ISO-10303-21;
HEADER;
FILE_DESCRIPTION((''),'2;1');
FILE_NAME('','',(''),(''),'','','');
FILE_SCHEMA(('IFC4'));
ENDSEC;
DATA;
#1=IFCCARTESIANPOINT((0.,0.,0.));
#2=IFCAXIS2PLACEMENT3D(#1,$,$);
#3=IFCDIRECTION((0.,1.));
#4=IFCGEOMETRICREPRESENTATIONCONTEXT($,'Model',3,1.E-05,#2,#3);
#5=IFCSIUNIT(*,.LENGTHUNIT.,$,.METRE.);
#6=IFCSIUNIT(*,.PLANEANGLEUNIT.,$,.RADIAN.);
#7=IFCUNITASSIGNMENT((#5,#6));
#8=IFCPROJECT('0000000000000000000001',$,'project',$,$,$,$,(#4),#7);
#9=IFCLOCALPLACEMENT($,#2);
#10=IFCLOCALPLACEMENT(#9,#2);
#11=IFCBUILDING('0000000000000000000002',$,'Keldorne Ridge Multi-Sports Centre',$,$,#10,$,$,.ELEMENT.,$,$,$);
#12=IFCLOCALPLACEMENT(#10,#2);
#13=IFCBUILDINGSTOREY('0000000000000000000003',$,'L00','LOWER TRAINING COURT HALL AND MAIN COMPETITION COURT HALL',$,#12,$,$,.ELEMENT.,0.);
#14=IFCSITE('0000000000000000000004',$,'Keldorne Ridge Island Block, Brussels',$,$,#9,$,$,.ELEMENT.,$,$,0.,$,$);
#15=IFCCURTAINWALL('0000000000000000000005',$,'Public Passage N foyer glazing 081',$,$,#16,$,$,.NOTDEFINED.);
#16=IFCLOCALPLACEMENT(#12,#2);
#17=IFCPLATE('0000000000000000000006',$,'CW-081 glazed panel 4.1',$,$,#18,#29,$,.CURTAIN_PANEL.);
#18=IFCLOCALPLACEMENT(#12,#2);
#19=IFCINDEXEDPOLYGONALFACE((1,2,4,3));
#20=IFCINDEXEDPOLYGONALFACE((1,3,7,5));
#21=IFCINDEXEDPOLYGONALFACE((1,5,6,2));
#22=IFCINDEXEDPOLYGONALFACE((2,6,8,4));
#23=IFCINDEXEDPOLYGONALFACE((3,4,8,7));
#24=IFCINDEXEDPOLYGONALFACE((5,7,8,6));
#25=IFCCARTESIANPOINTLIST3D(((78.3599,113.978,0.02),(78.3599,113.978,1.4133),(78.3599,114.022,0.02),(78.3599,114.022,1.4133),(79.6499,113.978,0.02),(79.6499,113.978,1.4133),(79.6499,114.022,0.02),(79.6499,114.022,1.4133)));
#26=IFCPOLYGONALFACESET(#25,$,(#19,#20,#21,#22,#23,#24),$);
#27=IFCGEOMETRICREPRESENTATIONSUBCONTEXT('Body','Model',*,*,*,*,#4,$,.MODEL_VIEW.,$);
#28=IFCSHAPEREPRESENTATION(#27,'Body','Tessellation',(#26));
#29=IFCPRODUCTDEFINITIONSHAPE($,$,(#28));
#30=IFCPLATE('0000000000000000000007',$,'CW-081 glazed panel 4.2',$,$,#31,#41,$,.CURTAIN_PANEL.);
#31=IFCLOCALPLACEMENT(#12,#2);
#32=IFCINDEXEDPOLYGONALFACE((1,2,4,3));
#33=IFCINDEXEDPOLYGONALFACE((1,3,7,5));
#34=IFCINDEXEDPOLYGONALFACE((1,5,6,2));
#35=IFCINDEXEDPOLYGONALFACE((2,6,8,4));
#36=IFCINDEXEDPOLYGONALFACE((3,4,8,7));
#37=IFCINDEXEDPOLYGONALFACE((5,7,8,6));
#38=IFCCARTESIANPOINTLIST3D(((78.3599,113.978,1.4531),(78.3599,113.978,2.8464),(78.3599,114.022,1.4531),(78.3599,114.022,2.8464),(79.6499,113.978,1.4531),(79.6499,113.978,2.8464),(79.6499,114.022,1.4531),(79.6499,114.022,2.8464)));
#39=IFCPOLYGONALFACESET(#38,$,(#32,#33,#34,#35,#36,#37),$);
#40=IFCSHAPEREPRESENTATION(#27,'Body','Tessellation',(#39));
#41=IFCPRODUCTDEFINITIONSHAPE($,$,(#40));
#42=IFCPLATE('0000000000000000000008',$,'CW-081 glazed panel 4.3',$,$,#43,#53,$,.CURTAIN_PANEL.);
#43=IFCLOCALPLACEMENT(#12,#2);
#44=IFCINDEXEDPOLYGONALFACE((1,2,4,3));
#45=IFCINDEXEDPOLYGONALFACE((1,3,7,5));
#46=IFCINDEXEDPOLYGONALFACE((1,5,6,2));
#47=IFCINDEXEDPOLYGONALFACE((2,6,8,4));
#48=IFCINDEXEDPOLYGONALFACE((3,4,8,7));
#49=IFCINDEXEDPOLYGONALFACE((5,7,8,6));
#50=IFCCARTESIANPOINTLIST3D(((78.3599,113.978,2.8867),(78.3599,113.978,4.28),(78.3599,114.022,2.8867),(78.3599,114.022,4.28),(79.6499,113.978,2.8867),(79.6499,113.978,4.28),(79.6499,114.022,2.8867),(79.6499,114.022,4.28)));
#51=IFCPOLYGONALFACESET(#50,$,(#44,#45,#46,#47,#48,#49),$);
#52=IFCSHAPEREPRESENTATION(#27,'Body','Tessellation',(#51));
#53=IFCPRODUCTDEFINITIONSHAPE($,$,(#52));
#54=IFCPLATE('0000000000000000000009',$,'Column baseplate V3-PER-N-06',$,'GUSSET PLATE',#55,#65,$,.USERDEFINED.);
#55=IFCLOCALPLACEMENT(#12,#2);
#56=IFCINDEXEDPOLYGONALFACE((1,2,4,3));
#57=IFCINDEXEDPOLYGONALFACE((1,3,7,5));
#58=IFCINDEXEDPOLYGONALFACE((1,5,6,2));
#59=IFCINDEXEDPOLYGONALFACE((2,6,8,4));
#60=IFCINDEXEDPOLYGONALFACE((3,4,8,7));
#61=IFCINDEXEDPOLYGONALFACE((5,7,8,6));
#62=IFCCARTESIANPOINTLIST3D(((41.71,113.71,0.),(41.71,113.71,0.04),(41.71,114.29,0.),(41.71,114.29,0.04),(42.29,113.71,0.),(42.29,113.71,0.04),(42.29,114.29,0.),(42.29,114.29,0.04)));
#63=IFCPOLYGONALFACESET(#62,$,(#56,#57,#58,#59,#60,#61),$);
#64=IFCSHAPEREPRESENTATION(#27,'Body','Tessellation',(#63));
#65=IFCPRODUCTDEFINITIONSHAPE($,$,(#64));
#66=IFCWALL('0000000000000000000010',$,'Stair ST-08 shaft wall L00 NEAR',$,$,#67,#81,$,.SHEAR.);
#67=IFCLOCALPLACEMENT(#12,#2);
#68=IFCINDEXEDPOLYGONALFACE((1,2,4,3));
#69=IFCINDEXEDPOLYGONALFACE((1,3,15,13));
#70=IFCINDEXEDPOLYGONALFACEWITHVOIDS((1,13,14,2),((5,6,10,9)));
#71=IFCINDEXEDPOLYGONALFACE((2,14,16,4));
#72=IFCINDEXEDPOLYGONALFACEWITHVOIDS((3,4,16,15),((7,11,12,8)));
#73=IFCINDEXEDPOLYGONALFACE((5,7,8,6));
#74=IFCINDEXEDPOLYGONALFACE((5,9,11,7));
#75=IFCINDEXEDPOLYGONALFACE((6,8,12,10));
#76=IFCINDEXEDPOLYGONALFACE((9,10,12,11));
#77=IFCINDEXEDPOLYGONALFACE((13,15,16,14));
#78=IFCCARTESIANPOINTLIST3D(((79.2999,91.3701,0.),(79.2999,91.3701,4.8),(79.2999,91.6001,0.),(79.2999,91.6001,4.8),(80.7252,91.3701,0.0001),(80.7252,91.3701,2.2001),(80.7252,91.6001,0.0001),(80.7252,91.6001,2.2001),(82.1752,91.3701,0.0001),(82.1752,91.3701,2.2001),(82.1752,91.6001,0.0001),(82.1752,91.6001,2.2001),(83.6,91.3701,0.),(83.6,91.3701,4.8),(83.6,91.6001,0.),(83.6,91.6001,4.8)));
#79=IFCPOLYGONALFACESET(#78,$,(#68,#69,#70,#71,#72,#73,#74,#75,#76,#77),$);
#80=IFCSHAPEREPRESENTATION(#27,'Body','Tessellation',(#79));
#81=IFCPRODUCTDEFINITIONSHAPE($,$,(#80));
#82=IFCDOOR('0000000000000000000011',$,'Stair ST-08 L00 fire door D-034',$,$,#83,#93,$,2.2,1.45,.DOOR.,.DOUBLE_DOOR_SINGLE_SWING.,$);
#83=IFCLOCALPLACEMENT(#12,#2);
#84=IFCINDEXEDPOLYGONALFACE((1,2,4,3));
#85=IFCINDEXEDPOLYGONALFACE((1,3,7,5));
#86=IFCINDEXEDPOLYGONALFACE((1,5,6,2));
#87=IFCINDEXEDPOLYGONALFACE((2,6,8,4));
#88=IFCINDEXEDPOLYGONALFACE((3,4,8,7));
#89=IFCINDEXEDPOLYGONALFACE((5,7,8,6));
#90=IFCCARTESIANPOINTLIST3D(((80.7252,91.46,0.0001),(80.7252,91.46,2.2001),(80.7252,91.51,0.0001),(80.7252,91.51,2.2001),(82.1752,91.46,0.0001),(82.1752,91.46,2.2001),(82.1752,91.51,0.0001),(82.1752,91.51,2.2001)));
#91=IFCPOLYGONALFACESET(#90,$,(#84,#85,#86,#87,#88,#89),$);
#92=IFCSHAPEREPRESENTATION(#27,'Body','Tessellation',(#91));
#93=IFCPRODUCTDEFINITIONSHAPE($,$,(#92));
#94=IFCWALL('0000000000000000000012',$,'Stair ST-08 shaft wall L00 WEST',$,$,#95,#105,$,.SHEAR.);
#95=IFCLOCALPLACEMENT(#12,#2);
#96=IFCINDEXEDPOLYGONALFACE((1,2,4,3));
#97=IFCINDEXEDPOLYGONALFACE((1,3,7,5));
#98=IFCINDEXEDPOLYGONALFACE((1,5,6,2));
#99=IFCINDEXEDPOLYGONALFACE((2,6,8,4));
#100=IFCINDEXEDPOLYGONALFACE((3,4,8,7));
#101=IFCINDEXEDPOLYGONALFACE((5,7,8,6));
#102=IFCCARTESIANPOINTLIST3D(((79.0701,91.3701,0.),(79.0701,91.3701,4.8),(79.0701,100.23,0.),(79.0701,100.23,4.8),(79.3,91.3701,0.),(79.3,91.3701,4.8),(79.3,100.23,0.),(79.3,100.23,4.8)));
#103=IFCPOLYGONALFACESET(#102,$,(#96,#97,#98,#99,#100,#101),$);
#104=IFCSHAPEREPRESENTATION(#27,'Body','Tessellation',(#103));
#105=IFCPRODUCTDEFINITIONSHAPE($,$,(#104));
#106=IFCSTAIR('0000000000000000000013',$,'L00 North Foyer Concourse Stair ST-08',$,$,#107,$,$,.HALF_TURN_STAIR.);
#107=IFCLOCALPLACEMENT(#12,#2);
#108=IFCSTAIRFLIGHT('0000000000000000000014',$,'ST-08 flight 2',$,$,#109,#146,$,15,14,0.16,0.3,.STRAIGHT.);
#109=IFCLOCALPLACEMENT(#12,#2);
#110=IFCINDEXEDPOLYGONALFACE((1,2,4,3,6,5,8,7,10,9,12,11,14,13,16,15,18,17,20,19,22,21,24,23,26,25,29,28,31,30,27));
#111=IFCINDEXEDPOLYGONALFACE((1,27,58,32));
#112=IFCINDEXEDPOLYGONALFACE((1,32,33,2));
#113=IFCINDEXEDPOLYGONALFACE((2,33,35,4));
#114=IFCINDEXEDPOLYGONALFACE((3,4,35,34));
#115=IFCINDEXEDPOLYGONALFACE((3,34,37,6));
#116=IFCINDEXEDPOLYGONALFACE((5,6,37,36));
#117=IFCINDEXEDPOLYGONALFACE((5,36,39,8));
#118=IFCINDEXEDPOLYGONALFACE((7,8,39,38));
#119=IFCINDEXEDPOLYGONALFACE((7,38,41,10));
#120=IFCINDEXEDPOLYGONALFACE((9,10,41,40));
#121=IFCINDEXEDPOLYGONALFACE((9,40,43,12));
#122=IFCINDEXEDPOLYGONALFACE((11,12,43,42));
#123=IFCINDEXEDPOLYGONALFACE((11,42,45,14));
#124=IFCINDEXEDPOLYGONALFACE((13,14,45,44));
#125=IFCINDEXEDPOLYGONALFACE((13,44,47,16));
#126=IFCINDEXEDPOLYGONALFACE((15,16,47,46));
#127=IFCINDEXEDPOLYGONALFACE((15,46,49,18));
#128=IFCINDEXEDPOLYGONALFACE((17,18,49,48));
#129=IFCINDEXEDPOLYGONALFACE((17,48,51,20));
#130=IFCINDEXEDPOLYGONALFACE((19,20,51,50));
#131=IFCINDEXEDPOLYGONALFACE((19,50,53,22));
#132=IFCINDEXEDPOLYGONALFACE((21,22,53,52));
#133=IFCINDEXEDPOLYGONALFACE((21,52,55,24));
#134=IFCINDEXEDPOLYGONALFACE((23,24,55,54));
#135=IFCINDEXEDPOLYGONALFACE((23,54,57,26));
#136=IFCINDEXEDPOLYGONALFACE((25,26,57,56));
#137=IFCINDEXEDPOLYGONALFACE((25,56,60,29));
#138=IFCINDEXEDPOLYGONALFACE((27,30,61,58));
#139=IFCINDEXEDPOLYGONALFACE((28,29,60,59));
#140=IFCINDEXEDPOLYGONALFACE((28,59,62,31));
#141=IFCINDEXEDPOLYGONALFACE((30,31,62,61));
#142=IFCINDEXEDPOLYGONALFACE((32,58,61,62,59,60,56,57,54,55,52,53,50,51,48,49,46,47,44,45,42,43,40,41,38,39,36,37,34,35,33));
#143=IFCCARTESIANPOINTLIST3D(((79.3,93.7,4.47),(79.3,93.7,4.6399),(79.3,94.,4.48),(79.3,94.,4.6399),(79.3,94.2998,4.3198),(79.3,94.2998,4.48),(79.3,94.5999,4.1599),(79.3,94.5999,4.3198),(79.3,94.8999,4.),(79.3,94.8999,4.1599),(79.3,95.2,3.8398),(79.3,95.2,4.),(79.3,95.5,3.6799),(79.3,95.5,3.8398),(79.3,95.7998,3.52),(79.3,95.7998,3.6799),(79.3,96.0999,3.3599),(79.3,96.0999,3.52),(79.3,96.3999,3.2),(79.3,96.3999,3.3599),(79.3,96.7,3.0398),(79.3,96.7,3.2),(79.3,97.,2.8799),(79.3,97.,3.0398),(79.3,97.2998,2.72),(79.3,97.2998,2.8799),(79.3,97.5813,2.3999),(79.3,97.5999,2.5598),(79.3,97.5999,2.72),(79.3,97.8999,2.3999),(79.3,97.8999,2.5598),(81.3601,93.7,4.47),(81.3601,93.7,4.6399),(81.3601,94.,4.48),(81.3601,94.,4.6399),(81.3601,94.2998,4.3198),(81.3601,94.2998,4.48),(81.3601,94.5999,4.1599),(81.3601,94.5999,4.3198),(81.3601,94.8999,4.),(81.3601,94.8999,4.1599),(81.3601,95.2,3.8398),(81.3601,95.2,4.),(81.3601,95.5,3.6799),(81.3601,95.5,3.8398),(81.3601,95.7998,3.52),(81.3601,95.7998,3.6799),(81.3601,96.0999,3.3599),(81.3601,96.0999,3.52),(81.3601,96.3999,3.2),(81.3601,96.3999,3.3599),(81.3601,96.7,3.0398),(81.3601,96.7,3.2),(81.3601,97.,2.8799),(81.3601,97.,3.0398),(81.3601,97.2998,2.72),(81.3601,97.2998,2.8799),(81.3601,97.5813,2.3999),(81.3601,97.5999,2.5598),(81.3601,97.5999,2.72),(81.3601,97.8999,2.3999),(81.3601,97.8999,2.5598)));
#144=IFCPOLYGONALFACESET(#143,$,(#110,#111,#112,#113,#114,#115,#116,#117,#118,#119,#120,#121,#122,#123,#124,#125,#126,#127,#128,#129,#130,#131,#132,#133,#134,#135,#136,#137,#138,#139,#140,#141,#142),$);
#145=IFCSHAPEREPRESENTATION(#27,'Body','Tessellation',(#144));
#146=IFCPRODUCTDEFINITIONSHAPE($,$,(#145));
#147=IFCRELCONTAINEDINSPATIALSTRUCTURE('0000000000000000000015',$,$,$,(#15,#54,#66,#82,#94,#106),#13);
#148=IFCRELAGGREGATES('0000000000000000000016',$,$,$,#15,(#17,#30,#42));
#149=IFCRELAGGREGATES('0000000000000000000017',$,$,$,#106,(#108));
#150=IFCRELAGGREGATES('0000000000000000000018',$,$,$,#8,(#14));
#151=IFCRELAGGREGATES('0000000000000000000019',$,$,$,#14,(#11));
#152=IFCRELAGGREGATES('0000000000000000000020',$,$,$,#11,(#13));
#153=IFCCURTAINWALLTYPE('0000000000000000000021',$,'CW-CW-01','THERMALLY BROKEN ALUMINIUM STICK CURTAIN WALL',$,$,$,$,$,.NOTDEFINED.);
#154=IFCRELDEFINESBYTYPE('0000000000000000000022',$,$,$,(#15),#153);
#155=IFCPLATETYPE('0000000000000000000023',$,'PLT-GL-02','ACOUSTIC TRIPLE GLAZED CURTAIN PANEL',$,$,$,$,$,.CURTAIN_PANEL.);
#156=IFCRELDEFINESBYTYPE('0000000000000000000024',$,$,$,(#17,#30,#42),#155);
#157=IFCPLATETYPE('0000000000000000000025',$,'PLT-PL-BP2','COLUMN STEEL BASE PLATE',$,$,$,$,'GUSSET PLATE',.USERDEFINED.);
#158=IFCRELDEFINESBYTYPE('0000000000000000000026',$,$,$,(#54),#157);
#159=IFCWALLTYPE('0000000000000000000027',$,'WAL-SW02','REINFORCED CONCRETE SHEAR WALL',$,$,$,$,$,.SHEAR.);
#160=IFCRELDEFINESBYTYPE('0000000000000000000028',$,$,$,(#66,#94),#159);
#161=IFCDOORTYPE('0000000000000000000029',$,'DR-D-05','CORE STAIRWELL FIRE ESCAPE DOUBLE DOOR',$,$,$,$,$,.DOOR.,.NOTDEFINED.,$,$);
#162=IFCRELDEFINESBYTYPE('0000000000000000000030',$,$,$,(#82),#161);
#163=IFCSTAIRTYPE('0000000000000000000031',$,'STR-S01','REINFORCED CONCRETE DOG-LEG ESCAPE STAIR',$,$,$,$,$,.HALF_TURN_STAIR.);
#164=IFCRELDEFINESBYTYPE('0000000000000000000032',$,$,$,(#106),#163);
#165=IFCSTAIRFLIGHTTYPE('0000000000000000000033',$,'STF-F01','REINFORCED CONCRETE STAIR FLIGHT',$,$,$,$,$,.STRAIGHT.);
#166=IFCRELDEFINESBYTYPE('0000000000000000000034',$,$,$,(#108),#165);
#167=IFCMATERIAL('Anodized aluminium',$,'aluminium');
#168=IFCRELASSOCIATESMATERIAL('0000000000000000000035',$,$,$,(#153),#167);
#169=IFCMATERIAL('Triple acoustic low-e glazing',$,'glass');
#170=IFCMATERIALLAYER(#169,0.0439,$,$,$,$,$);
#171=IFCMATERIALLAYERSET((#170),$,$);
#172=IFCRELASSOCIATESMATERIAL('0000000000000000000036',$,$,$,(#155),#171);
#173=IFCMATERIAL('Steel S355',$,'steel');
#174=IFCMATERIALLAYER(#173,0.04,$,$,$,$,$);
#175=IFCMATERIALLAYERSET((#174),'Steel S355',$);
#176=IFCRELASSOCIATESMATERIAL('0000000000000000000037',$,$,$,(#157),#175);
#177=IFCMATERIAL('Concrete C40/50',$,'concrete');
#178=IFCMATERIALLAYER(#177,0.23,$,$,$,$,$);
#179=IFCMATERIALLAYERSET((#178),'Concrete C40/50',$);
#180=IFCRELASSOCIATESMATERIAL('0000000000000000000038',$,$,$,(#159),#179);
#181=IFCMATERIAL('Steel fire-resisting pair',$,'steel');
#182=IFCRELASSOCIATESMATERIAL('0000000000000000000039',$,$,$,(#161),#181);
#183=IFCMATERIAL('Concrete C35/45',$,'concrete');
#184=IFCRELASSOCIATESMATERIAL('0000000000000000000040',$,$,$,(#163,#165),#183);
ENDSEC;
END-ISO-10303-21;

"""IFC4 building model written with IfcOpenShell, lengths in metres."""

from ifc_helpers import new_model, si_unit, direction, frame, frame_2d, origin, origin_2d, place, context, subcontext, project, spatial, polyline, rectangle, outline, extrude, material, layer, layer_set, type_object, element, fill, aggregate, save


model = new_model("IFC4")

# Units and contexts
model_context = context("Model", 3, precision=1e-05, world=origin(), true_north=direction((0.0, 1.0)))
body_context = subcontext(model_context, "Body", "Model", "MODEL_VIEW")
ifc_project = project(units=[si_unit("LENGTHUNIT", "METRE"), si_unit("PLANEANGLEUNIT", "RADIAN")], contexts=[model_context])

# Site, building, storey
site_placement = place(None, origin())
site = spatial("IfcSite", under=ifc_project, at=site_placement, Name="Keldorne Ridge Island Block, Brussels", CompositionType="ELEMENT", RefElevation=0.0)
building_placement = place(site_placement, origin())
building = spatial("IfcBuilding", under=site, at=building_placement, Name="Keldorne Ridge Multi-Sports Centre", CompositionType="ELEMENT")
storey_placement = place(building_placement, origin())
storey = spatial("IfcBuildingStorey", under=building, at=storey_placement, Name="L00", Description="LOWER TRAINING COURT HALL AND MAIN COMPETITION COURT HALL", CompositionType="ELEMENT", Elevation=0.0)

# Shared definitions
ifc_material_1 = material(Name="Concrete C35/45", Category="concrete")

# Shared definitions
ifc_material_2 = material(Name="Steel S355", Category="steel")

# Curtain wall
ifc_material_3 = material(Name="Anodized aluminium", Category="aluminium")
curtain_wall_type_1 = type_object("IfcCurtainWallType", Name="CW-CW-01", Description="THERMALLY BROKEN ALUMINIUM STICK CURTAIN WALL", PredefinedType="NOTDEFINED", material=ifc_material_3)
curtain_wall_1_placement = place(storey_placement, origin())
curtain_wall_1 = element("IfcCurtainWall", 1, at=curtain_wall_1_placement, inside=storey, type_object=curtain_wall_type_1, Name="Public Passage N foyer glazing 081", PredefinedType="NOTDEFINED")

# Plates
ifc_material_4 = material(Name="Triple acoustic low-e glazing", Category="glass")
ifc_layer_1 = layer(ifc_material_4, 0.0439)
ifc_layer_set_1 = layer_set([ifc_layer_1])
plate_type_1 = type_object("IfcPlateType", Name="PLT-GL-02", Description="ACOUSTIC TRIPLE GLAZED CURTAIN PANEL", PredefinedType="CURTAIN_PANEL", material=ifc_layer_set_1)
plate_1_placement = place(storey_placement, frame((79.0049, 114.0, 0.02), z_axis=(0.0, 0.0, 1.0), x_axis=(-1.0, 0.0, 0.0)))
plate_1 = element("IfcPlate", 2, at=plate_1_placement, type_object=plate_type_1, Name="CW-081 glazed panel 4.1", PredefinedType="CURTAIN_PANEL", context=body_context, shape_type="SweptSolid", body=[
    extrude(rectangle(XDim=1.29, YDim=0.0439, at=origin_2d()), origin(), (0.0, 0.0, 1.0), 1.3933),
])
plate_2_placement = place(storey_placement, frame((79.0049, 114.0, 1.4531), z_axis=(0.0, 0.0, 1.0), x_axis=(-1.0, 0.0, 0.0)))
plate_2 = element("IfcPlate", 3, at=plate_2_placement, type_object=plate_type_1, Name="CW-081 glazed panel 4.2", PredefinedType="CURTAIN_PANEL", context=body_context, shape_type="SweptSolid", body=[
    extrude(rectangle(XDim=1.29, YDim=0.0439, at=origin_2d()), origin(), (0.0, 0.0, 1.0), 1.3933),
])
plate_3_placement = place(storey_placement, frame((79.0049, 114.0, 2.8867), z_axis=(0.0, 0.0, 1.0), x_axis=(-1.0, 0.0, 0.0)))
plate_3 = element("IfcPlate", 4, at=plate_3_placement, type_object=plate_type_1, Name="CW-081 glazed panel 4.3", PredefinedType="CURTAIN_PANEL", context=body_context, shape_type="SweptSolid", body=[
    extrude(rectangle(XDim=1.29, YDim=0.0439, at=origin_2d()), origin(), (0.0, 0.0, 1.0), 1.3933),
])
aggregate(curtain_wall_1, [plate_1, plate_2, plate_3])
ifc_layer_2 = layer(ifc_material_2, 0.04)
ifc_layer_set_2 = layer_set([ifc_layer_2], Name="Steel S355")
plate_type_2 = type_object("IfcPlateType", Name="PLT-PL-BP2", Description="COLUMN STEEL BASE PLATE", ElementType="GUSSET PLATE", PredefinedType="USERDEFINED", material=ifc_layer_set_2)
plate_4_placement = place(storey_placement, frame((42.0, 114.0, 0.0), z_axis=(0.0, 0.0, 1.0), x_axis=(1.0, 0.0, 0.0)))
element("IfcPlate", 5, at=plate_4_placement, inside=storey, type_object=plate_type_2, Name="Column baseplate V3-PER-N-06", ObjectType="GUSSET PLATE", PredefinedType="USERDEFINED", context=body_context, shape_type="SweptSolid", body=[
    extrude(rectangle(XDim=0.5801, YDim=0.5801, at=origin_2d()), origin(), (0.0, 0.0, 1.0), 0.04),
])

# Wall, opening, door
ifc_material_5 = material(Name="Concrete C40/50", Category="concrete")
ifc_layer_3 = layer(ifc_material_5, 0.23)
ifc_layer_set_3 = layer_set([ifc_layer_3], Name="Concrete C40/50")
wall_type = type_object("IfcWallType", Name="WAL-SW02", Description="REINFORCED CONCRETE SHEAR WALL", PredefinedType="SHEAR", material=ifc_layer_set_3)
wall_1_placement = place(storey_placement, frame((79.3, 91.4851, 0.0), z_axis=(0.0, 0.0, 1.0), x_axis=(1.0, 0.0, 0.0)))
wall_1 = element("IfcWall", 6, at=wall_1_placement, inside=storey, type_object=wall_type, Name="Stair ST-08 shaft wall L00 NEAR", PredefinedType="SHEAR", context=body_context, shape_type="SweptSolid", body=[
    extrude(rectangle(XDim=4.3, YDim=0.23, at=frame_2d((2.1499, 0.0))), origin(), (0.0, 0.0, 1.0), 4.8),
])
opening_placement = place(wall_1_placement, frame((1.425, 0.0, 0.0)))
opening = element("IfcOpeningElement", 7, at=opening_placement, cuts=wall_1, PredefinedType="OPENING", context=body_context, shape_type="SweptSolid", body=[
    extrude(rectangle(XDim=1.45, YDim=2.2, at=frame_2d((0.7251, 1.1001))), frame((0.0, 0.125, 0.0), z_axis=(0.0, -1.0, 0.0), x_axis=(1.0, 0.0, 0.0)), (0.0, 0.0, 1.0), 0.25),
])
ifc_material_6 = material(Name="Steel fire-resisting pair", Category="steel")
door_type = type_object("IfcDoorType", Name="DR-D-05", Description="CORE STAIRWELL FIRE ESCAPE DOUBLE DOOR", OperationType="NOTDEFINED", PredefinedType="DOOR", material=ifc_material_6)
door_placement = place(opening_placement, origin())
door = element("IfcDoor", 8, at=door_placement, inside=storey, type_object=door_type, Name="Stair ST-08 L00 fire door D-034", OperationType="DOUBLE_DOOR_SINGLE_SWING", OverallHeight=2.2, OverallWidth=1.45, PredefinedType="DOOR", context=body_context, shape_type="SweptSolid", body=[
    extrude(rectangle(XDim=1.45, YDim=2.2, at=frame_2d((0.7251, 1.1001))), frame((0.0, 0.0249, 0.0), z_axis=(0.0, -1.0, 0.0), x_axis=(1.0, 0.0, 0.0)), (0.0, 0.0, 1.0), 0.05),
])
fill(opening, door)

# Wall
wall_2_placement = place(storey_placement, frame((79.1851, 91.3701, 0.0), z_axis=(0.0, 0.0, 1.0), x_axis=(0.0, 1.0, 0.0)))
element("IfcWall", 9, at=wall_2_placement, inside=storey, type_object=wall_type, Name="Stair ST-08 shaft wall L00 WEST", PredefinedType="SHEAR", context=body_context, shape_type="SweptSolid", body=[
    extrude(rectangle(XDim=8.8599, YDim=0.23, at=frame_2d((4.4299, 0.0))), origin(), (0.0, 0.0, 1.0), 4.8),
])

# Stair, stair flight
stair_type = type_object("IfcStairType", Name="STR-S01", Description="REINFORCED CONCRETE DOG-LEG ESCAPE STAIR", PredefinedType="HALF_TURN_STAIR", material=ifc_material_1)
stair_placement = place(storey_placement, origin())
stair = element("IfcStair", 10, at=stair_placement, inside=storey, type_object=stair_type, Name="L00 North Foyer Concourse Stair ST-08", PredefinedType="HALF_TURN_STAIR")
stair_flight_type = type_object("IfcStairFlightType", Name="STF-F01", Description="REINFORCED CONCRETE STAIR FLIGHT", PredefinedType="STRAIGHT", material=ifc_material_1)
stair_flight_placement = place(storey_placement, frame((80.3301, 97.8999, 2.3999), z_axis=(0.0, 0.0, 1.0), x_axis=(0.0, -1.0, 0.0)))
stair_flight = element("IfcStairFlight", 11, at=stair_flight_placement, type_object=stair_flight_type, Name="ST-08 flight 2", NumberOfRisers=15, NumberOfTreads=14, PredefinedType="STRAIGHT", RiserHeight=0.16, TreadLength=0.3, context=body_context, shape_type="SweptSolid", body=[
    extrude(outline(polyline([(0.0, 0.0), (0.0, 0.1599), (0.3, 0.1599), (0.3, 0.3201), (0.6001, 0.3201), (0.6001, 0.48), (0.8999, 0.48), (0.8999, 0.6399), (1.2, 0.6399), (1.2, 0.8), (1.5, 0.8), (1.5, 0.96), (1.8, 0.96), (1.8, 1.1201), (2.1001, 1.1201), (2.1001, 1.28), (2.3999, 1.28), (2.3999, 1.4399), (2.7, 1.4399), (2.7, 1.6001), (3.0, 1.6001), (3.0, 1.76), (3.3, 1.76), (3.3, 1.9199), (3.6001, 1.9199), (3.6001, 2.0801), (3.8999, 2.0801), (3.8999, 2.24), (4.2, 2.24), (4.2, 2.3999), (4.2, 2.0701), (0.3186, 0.0), (0.0, 0.0)])), frame((0.0, 1.03, 0.0), z_axis=(0.0, -1.0, 0.0), x_axis=(1.0, 0.0, 0.0)), (0.0, 0.0, 1.0), 2.0601),
])
aggregate(stair, [stair_flight])

save(model, "model.ifc")
